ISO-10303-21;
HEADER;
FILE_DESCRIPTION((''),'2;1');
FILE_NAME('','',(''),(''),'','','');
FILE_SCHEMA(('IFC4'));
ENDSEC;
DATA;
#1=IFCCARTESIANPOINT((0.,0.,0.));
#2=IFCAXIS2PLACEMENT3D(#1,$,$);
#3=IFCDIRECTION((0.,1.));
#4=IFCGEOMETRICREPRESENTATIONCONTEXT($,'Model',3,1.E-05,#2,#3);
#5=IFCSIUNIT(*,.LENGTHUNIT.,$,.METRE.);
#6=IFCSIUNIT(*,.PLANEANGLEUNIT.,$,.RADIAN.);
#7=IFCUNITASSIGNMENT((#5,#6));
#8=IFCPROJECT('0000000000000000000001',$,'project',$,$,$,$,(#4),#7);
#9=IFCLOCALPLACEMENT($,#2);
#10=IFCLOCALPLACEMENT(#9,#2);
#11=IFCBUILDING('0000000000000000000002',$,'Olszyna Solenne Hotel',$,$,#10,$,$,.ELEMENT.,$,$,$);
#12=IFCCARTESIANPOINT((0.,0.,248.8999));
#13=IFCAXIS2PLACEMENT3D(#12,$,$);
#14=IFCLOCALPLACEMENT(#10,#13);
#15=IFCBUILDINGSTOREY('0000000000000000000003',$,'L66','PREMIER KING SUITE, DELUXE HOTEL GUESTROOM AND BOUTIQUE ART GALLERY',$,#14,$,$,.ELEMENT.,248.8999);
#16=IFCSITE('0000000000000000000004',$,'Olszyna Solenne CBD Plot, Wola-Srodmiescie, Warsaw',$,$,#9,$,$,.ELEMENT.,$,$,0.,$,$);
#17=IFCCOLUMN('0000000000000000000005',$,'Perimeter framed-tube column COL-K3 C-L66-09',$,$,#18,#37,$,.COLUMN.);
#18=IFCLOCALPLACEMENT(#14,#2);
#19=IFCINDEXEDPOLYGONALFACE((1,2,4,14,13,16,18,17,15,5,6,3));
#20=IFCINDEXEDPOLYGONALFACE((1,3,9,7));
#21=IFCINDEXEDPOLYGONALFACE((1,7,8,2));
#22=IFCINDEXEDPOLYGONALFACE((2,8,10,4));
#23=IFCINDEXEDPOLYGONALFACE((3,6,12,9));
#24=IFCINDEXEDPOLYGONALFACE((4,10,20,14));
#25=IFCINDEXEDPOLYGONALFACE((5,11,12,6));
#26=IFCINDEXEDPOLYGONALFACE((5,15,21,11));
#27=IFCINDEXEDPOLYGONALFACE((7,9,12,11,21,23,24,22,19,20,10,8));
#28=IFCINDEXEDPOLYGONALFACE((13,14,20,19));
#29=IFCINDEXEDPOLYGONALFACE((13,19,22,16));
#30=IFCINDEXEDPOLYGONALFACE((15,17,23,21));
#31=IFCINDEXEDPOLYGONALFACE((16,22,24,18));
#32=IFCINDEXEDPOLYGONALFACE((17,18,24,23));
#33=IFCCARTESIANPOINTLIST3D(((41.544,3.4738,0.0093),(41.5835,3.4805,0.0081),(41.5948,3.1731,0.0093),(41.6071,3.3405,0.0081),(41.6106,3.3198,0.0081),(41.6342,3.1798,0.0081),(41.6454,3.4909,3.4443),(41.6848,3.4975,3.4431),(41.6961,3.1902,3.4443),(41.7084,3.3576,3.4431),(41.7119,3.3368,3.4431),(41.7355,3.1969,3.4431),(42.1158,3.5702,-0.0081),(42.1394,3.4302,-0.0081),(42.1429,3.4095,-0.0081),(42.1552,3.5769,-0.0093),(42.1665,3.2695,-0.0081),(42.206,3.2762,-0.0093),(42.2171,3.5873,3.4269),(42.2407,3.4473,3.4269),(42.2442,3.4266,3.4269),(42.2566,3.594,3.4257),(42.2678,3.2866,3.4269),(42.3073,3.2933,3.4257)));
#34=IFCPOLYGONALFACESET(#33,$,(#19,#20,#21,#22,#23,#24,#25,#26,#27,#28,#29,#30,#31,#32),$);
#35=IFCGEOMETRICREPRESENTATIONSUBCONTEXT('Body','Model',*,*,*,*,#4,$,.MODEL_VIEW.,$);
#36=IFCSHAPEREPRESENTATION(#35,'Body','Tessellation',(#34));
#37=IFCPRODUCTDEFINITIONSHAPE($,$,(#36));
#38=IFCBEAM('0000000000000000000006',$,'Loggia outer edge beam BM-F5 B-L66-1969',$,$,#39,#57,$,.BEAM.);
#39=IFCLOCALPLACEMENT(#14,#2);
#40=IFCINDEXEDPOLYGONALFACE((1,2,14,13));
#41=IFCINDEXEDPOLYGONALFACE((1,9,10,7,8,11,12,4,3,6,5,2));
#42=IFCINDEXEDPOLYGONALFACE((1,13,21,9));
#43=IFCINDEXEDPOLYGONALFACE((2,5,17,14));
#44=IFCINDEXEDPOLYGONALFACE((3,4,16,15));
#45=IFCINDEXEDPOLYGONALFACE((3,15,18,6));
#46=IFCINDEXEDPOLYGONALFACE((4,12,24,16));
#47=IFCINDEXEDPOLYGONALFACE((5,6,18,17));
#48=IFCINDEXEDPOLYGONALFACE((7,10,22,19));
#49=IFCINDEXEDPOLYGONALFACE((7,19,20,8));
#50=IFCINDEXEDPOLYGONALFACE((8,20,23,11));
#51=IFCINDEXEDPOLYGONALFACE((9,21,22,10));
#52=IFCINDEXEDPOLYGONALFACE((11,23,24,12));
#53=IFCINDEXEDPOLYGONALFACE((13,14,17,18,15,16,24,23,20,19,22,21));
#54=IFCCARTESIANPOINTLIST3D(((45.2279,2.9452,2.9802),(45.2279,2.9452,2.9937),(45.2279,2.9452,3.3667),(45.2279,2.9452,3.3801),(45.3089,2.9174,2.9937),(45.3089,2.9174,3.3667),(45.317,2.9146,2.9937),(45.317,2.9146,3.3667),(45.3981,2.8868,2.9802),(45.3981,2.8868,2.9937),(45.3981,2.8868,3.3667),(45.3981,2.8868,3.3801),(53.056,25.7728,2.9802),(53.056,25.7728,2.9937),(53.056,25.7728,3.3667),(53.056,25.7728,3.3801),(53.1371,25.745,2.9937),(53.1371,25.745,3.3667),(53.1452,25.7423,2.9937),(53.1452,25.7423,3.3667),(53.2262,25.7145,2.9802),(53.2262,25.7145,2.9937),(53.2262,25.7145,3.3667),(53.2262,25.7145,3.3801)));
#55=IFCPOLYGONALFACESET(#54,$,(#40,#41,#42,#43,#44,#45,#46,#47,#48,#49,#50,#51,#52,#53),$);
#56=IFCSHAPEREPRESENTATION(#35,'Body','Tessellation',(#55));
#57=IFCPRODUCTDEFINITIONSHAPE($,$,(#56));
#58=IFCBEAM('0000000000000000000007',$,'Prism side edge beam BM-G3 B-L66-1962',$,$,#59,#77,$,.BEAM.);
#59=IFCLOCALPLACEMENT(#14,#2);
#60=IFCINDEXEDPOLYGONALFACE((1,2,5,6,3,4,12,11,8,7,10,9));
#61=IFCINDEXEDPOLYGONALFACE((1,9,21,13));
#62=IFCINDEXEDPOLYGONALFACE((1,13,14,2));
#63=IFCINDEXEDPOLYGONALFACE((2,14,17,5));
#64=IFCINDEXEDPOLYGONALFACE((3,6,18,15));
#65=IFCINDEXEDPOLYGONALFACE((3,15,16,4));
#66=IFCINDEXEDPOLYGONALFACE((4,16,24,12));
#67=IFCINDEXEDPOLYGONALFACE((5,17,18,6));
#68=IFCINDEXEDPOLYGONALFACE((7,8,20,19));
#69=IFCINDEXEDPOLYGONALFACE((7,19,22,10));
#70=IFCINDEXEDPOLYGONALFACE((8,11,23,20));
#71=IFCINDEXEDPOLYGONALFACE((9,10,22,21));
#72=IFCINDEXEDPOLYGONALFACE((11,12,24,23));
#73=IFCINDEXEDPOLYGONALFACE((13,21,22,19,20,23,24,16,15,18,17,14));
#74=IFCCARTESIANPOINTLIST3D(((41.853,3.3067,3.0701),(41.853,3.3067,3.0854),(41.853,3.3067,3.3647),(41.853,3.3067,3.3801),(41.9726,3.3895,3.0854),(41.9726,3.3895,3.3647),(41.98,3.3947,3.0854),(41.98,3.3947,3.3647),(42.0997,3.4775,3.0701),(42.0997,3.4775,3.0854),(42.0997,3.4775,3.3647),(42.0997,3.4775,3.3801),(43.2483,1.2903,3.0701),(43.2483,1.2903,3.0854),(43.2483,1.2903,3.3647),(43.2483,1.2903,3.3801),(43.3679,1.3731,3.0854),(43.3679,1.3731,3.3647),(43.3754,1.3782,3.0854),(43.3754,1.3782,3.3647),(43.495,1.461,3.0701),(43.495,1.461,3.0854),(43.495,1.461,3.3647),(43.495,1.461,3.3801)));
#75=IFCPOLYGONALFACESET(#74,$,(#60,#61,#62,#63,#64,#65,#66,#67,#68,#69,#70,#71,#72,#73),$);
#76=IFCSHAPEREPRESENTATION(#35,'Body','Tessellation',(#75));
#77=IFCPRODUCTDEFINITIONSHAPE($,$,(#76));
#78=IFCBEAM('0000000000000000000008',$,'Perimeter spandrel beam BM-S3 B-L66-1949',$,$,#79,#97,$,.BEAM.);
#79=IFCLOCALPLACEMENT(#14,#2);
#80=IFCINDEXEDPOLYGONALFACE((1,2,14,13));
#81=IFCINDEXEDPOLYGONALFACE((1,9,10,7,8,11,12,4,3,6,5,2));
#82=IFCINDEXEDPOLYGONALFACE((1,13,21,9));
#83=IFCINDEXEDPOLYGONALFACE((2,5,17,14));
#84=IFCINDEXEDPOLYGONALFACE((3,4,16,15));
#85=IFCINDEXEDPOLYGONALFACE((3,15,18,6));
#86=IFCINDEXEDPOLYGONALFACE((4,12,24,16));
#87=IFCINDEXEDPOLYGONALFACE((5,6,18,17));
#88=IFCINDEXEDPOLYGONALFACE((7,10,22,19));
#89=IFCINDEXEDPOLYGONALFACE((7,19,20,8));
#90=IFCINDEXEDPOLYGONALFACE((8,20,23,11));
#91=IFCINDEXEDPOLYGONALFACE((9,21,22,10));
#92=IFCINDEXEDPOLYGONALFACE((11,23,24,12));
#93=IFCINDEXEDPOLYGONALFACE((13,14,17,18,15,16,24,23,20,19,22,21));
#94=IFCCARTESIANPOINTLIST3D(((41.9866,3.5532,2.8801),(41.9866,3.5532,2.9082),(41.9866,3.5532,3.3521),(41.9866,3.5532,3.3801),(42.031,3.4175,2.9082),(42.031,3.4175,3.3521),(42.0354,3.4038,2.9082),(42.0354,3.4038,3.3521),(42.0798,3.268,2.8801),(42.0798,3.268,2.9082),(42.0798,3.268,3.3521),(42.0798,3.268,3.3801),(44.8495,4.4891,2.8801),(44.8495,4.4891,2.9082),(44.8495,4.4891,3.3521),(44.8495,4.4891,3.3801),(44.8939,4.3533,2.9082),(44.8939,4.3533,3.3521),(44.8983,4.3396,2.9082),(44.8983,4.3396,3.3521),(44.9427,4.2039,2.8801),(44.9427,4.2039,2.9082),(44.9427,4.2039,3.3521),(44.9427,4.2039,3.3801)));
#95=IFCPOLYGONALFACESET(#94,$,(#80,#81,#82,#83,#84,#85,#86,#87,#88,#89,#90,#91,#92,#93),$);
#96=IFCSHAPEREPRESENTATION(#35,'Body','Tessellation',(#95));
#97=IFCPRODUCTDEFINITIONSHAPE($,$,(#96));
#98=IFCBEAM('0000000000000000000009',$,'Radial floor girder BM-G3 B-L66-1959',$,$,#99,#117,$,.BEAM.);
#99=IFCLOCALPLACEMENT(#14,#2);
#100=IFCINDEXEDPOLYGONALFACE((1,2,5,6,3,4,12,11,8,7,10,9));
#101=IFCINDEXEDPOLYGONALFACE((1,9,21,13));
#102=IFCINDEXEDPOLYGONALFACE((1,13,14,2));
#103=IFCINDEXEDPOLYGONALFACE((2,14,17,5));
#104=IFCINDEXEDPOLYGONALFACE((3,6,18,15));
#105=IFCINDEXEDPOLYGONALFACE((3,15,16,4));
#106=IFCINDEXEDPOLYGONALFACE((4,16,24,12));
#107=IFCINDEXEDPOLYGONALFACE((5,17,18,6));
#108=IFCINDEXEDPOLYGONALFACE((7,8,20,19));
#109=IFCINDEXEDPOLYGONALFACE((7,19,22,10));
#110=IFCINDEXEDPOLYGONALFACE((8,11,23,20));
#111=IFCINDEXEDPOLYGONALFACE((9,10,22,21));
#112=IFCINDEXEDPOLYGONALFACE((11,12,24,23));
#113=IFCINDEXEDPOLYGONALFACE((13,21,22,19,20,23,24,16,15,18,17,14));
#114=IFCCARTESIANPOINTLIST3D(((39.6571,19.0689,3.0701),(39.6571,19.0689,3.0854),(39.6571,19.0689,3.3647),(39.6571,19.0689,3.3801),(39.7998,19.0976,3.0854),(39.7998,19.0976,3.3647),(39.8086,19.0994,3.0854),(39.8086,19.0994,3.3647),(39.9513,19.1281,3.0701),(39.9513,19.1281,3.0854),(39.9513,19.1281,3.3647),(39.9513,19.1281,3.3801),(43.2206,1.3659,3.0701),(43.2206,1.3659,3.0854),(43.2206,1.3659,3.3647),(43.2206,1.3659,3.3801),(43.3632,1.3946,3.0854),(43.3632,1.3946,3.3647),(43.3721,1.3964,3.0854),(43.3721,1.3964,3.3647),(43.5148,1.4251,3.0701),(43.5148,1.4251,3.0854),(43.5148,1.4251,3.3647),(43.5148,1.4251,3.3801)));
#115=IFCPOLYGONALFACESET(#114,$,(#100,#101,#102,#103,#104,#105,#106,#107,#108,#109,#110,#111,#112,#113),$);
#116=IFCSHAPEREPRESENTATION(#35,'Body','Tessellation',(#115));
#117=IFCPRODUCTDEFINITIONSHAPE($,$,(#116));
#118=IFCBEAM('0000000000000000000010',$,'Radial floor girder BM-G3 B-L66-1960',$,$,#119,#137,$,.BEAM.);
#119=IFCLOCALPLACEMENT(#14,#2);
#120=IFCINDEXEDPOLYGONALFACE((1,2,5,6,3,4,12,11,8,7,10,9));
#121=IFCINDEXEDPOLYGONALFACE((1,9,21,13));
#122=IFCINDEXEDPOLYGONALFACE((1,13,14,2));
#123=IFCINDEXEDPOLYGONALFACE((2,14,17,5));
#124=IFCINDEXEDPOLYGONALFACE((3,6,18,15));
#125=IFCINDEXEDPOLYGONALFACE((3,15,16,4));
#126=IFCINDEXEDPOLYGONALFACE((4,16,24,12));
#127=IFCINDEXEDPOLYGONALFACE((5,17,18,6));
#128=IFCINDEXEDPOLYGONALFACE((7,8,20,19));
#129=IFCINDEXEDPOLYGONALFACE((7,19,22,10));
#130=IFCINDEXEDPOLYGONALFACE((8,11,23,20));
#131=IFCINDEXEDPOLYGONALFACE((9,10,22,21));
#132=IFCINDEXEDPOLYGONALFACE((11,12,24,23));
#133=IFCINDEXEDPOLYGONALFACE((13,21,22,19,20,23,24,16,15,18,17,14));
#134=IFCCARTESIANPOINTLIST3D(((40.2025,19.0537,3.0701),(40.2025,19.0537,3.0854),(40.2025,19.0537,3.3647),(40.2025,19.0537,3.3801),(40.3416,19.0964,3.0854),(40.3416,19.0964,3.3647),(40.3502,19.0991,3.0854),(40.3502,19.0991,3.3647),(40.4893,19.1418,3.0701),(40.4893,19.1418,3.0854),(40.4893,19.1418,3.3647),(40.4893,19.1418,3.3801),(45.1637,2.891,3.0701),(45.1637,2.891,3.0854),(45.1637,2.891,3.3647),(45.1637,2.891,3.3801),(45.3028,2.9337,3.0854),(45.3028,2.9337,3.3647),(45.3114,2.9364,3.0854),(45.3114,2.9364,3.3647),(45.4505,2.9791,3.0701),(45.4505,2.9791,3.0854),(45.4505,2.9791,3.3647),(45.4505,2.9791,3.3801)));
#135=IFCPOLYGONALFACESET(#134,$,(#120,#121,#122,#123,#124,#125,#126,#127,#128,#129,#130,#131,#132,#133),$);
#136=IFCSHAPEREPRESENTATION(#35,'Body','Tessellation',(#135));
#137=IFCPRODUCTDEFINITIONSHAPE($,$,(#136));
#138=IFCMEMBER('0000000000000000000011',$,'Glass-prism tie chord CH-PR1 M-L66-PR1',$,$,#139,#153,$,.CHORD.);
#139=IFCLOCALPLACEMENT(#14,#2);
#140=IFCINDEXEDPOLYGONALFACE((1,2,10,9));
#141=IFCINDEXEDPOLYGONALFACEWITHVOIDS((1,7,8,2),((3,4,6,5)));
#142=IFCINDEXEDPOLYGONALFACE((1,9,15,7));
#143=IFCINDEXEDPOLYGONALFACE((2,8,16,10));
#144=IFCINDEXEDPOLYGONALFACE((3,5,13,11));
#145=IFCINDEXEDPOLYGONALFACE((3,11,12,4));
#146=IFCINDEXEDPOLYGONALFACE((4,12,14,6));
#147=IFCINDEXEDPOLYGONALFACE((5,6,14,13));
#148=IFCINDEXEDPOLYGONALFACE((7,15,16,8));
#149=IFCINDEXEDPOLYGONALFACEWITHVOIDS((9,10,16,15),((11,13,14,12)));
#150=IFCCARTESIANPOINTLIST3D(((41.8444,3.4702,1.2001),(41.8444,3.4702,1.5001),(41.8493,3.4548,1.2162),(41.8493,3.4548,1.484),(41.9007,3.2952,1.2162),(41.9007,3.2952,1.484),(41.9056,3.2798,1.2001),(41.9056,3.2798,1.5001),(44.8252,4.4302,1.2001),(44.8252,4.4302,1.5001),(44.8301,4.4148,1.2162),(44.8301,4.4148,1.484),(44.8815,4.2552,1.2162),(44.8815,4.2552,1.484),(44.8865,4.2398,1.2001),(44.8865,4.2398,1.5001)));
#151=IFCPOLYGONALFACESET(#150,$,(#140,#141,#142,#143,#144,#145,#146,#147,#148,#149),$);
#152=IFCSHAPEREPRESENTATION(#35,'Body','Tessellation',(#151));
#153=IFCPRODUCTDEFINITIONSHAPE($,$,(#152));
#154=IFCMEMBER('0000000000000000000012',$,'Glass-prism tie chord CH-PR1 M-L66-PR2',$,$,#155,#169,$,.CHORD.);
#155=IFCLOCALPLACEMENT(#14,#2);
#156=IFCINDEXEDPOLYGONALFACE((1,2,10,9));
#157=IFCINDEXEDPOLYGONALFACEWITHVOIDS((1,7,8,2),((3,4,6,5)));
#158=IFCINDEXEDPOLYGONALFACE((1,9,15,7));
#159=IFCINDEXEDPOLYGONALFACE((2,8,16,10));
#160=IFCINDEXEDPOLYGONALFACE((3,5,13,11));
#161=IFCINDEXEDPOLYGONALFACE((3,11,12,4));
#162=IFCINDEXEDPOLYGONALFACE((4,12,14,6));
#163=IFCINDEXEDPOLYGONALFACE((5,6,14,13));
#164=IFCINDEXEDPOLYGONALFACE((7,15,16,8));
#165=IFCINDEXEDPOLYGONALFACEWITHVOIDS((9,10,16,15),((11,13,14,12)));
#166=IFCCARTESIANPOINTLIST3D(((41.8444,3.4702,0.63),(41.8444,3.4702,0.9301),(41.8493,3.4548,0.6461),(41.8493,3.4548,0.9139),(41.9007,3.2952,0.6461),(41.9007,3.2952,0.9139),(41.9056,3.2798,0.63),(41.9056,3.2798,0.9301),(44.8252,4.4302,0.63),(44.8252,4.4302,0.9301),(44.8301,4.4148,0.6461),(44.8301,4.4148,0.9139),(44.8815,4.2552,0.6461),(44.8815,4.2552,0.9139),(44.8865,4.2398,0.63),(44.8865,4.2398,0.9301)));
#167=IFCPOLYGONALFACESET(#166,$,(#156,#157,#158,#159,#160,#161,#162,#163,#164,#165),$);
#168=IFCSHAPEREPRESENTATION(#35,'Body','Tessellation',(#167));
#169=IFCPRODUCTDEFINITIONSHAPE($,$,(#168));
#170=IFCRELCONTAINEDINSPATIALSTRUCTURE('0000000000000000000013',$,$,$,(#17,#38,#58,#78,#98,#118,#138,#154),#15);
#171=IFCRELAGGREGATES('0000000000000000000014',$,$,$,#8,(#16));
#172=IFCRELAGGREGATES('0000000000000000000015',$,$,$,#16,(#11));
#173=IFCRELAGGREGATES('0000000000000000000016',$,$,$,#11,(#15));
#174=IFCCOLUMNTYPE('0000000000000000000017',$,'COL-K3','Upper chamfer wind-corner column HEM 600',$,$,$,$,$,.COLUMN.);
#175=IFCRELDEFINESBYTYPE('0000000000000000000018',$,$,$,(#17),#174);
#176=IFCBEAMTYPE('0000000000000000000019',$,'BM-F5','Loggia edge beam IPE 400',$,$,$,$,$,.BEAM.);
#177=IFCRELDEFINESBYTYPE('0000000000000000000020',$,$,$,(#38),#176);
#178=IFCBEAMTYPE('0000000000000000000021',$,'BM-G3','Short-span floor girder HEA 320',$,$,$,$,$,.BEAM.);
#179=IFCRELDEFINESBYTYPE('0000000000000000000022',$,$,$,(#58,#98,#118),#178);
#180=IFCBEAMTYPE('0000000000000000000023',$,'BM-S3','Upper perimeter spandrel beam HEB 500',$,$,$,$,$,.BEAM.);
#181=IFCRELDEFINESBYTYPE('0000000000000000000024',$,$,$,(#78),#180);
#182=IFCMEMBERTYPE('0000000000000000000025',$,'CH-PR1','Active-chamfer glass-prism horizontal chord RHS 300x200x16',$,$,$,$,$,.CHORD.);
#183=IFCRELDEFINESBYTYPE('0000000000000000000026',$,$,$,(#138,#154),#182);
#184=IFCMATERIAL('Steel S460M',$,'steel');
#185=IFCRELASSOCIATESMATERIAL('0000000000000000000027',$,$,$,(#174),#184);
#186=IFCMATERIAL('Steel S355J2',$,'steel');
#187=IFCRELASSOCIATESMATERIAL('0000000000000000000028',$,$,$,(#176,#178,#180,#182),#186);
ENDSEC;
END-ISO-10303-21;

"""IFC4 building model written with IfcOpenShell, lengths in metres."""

from ifc_helpers import new_model, si_unit, direction, frame, origin, origin_2d, place, context, subcontext, project, spatial, hollow_rectangle, i_section, extrude, source, transform, mapped, material, material_profile, profile_set, type_object, element, save


model = new_model("IFC4")

# Units and contexts
model_context = context("Model", 3, precision=1e-05, world=origin(), true_north=direction((0.0, 1.0)))
body_context = subcontext(model_context, "Body", "Model", "MODEL_VIEW")
ifc_project = project(units=[si_unit("LENGTHUNIT", "METRE"), si_unit("PLANEANGLEUNIT", "RADIAN")], contexts=[model_context])

# Site, building, storey
site_placement = place(None, origin())
site = spatial("IfcSite", under=ifc_project, at=site_placement, Name="Olszyna Solenne CBD Plot, Wola-Srodmiescie, Warsaw", CompositionType="ELEMENT", RefElevation=0.0)
building_placement = place(site_placement, origin())
building = spatial("IfcBuilding", under=site, at=building_placement, Name="Olszyna Solenne Hotel", CompositionType="ELEMENT")
storey_placement = place(building_placement, frame((0.0, 0.0, 248.8999)))
storey = spatial("IfcBuildingStorey", under=building, at=storey_placement, Name="L66", Description="PREMIER KING SUITE, DELUXE HOTEL GUESTROOM AND BOUTIQUE ART GALLERY", CompositionType="ELEMENT", Elevation=248.8999)

# Column
ifc_material_1 = material(Name="Steel S460M", Category="steel")
ifc_material_profile_1 = material_profile(ifc_material_1, i_section(OverallWidth=0.3049, OverallDepth=0.6201, WebThickness=0.021, FlangeThickness=0.04, at=origin_2d()), Name="HEM 600", Category="load-bearing")
ifc_profile_set_1 = profile_set([ifc_material_profile_1], Name="Steel S460M")
column_type = type_object("IfcColumnType", Name="COL-K3", Description="Upper chamfer wind-corner column HEM 600", PredefinedType="COLUMN", material=ifc_profile_set_1)
shared_shape_1 = source(origin(), body_context, "Body", "SweptSolid", [
    extrude(i_section(OverallWidth=0.3049, OverallDepth=0.6201, WebThickness=0.021, FlangeThickness=0.04, at=origin_2d()), origin(), (0.0, 0.0, 1.0), 3.4365),
])
column_placement = place(storey_placement, frame((41.875, 3.375, 0.0), z_axis=(0.029482, 0.004973, 0.999553), x_axis=(-0.166325, 0.986071, 0.0)))
element("IfcColumn", 1, at=column_placement, inside=storey, type_object=column_type, Name="Perimeter framed-tube column COL-K3 C-L66-09", PredefinedType="COLUMN", context=body_context, shape_type="MappedRepresentation", body=[
    mapped(shared_shape_1, transform((0.0, 0.0, 0.0), x_axis=(1.0, 0.0, 0.0), y_axis=(0.0, 1.0, 0.0), z_axis=(0.0, 0.0, 1.0), scale=1.0)),
])

# Beams
ifc_material_2 = material(Name="Steel S355J2", Category="steel")
ifc_material_profile_2 = material_profile(ifc_material_2, i_section(OverallWidth=0.1799, OverallDepth=0.3999, WebThickness=0.0085, FlangeThickness=0.0134, at=origin_2d()), Name="IPE 400", Category="load-bearing")
ifc_profile_set_2 = profile_set([ifc_material_profile_2], Name="Steel S355J2")
beam_type_1 = type_object("IfcBeamType", Name="BM-F5", Description="Loggia edge beam IPE 400", PredefinedType="BEAM", material=ifc_profile_set_2)
shared_shape_2 = source(origin(), body_context, "Body", "SweptSolid", [
    extrude(i_section(OverallWidth=0.1799, OverallDepth=0.3999, WebThickness=0.0085, FlangeThickness=0.0134, at=origin_2d()), origin(), (0.0, 0.0, 1.0), 24.1326),
])
beam_1_placement = place(storey_placement, frame((45.313, 2.916, 3.1802), z_axis=(0.32438, 0.945927, 0.0), x_axis=(-0.945927, 0.32438, 0.0)))
element("IfcBeam", 2, at=beam_1_placement, inside=storey, type_object=beam_type_1, Name="Loggia outer edge beam BM-F5 B-L66-1969", PredefinedType="BEAM", context=body_context, shape_type="MappedRepresentation", body=[
    mapped(shared_shape_2, transform((0.0, 0.0, 0.0), x_axis=(1.0, 0.0, 0.0), y_axis=(0.0, 1.0, 0.0), z_axis=(0.0, 0.0, 1.0), scale=1.0)),
])
ifc_material_profile_3 = material_profile(ifc_material_2, i_section(OverallWidth=0.3, OverallDepth=0.3101, WebThickness=0.009, FlangeThickness=0.0154, at=origin_2d()), Name="HEA 320", Category="load-bearing")
ifc_profile_set_3 = profile_set([ifc_material_profile_3], Name="Steel S355J2")
beam_type_2 = type_object("IfcBeamType", Name="BM-G3", Description="Short-span floor girder HEA 320", PredefinedType="BEAM", material=ifc_profile_set_3)
shared_shape_3 = source(origin(), body_context, "Body", "SweptSolid", [
    extrude(i_section(OverallWidth=0.3, OverallDepth=0.3101, WebThickness=0.009, FlangeThickness=0.0154, at=origin_2d()), origin(), (0.0, 0.0, 1.0), 2.4521),
])
beam_2_placement = place(storey_placement, frame((41.9763, 3.3921, 3.2251), z_axis=(0.569024, -0.822321, 0.0), x_axis=(0.822321, 0.569024, 0.0)))
element("IfcBeam", 3, at=beam_2_placement, inside=storey, type_object=beam_type_2, Name="Prism side edge beam BM-G3 B-L66-1962", PredefinedType="BEAM", context=body_context, shape_type="MappedRepresentation", body=[
    mapped(shared_shape_3, transform((0.0, 0.0, 0.0), x_axis=(1.0, 0.0, 0.0), y_axis=(0.0, 1.0, 0.0), z_axis=(0.0, 0.0, 1.0), scale=1.0)),
])
ifc_material_profile_4 = material_profile(ifc_material_2, i_section(OverallWidth=0.3, OverallDepth=0.5, WebThickness=0.0144, FlangeThickness=0.0281, at=origin_2d()), Name="HEB 500", Category="load-bearing")
ifc_profile_set_4 = profile_set([ifc_material_profile_4], Name="Steel S355J2")
beam_type_3 = type_object("IfcBeamType", Name="BM-S3", Description="Upper perimeter spandrel beam HEB 500", PredefinedType="BEAM", material=ifc_profile_set_4)
shared_shape_4 = source(origin(), body_context, "Body", "SweptSolid", [
    extrude(i_section(OverallWidth=0.3, OverallDepth=0.5, WebThickness=0.0144, FlangeThickness=0.0281, at=origin_2d()), origin(), (0.0, 0.0, 1.0), 3.012),
])
beam_3_placement = place(storey_placement, frame((42.0332, 3.4106, 3.1301), z_axis=(0.950507, 0.310702, 0.0), x_axis=(-0.310702, 0.950507, 0.0)))
element("IfcBeam", 4, at=beam_3_placement, inside=storey, type_object=beam_type_3, Name="Perimeter spandrel beam BM-S3 B-L66-1949", PredefinedType="BEAM", context=body_context, shape_type="MappedRepresentation", body=[
    mapped(shared_shape_4, transform((0.0, 0.0, 0.0), x_axis=(1.0, 0.0, 0.0), y_axis=(0.0, 1.0, 0.0), z_axis=(0.0, 0.0, 1.0), scale=1.0)),
])
shared_shape_5 = source(origin(), body_context, "Body", "SweptSolid", [
    extrude(i_section(OverallWidth=0.3, OverallDepth=0.3101, WebThickness=0.009, FlangeThickness=0.0154, at=origin_2d()), origin(), (0.0, 0.0, 1.0), 18.0581),
])
beam_4_placement = place(storey_placement, frame((43.3677, 1.3955, 3.2251), z_axis=(-0.197333, 0.980337, 0.0), x_axis=(-0.980337, -0.197333, 0.0)))
element("IfcBeam", 5, at=beam_4_placement, inside=storey, type_object=beam_type_2, Name="Radial floor girder BM-G3 B-L66-1959", PredefinedType="BEAM", context=body_context, shape_type="MappedRepresentation", body=[
    mapped(shared_shape_5, transform((0.0, 0.0, 0.0), x_axis=(1.0, 0.0, 0.0), y_axis=(0.0, 1.0, 0.0), z_axis=(0.0, 0.0, 1.0), scale=1.0)),
])
shared_shape_6 = source(origin(), body_context, "Body", "SweptSolid", [
    extrude(i_section(OverallWidth=0.3, OverallDepth=0.3101, WebThickness=0.009, FlangeThickness=0.0154, at=origin_2d()), origin(), (0.0, 0.0, 1.0), 16.907),
])
beam_5_placement = place(storey_placement, frame((45.3071, 2.9351, 3.2251), z_axis=(-0.293441, 0.955977, 0.0), x_axis=(-0.955977, -0.293441, 0.0)))
element("IfcBeam", 6, at=beam_5_placement, inside=storey, type_object=beam_type_2, Name="Radial floor girder BM-G3 B-L66-1960", PredefinedType="BEAM", context=body_context, shape_type="MappedRepresentation", body=[
    mapped(shared_shape_6, transform((0.0, 0.0, 0.0), x_axis=(1.0, 0.0, 0.0), y_axis=(0.0, 1.0, 0.0), z_axis=(0.0, 0.0, 1.0), scale=1.0)),
])

# Members
ifc_material_profile_5 = material_profile(ifc_material_2, hollow_rectangle(XDim=0.2, YDim=0.3, WallThickness=0.0161, at=origin_2d()), Name="RHS 300x200x16", Category="load-bearing")
ifc_profile_set_5 = profile_set([ifc_material_profile_5], Name="Steel S355J2")
member_type_1 = type_object("IfcMemberType", Name="CH-PR1", Description="Active-chamfer glass-prism horizontal chord RHS 300x200x16", PredefinedType="CHORD", material=ifc_profile_set_5)
shared_shape_7 = source(origin(), body_context, "Body", "SweptSolid", [
    extrude(hollow_rectangle(XDim=0.2, YDim=0.3, WallThickness=0.0161, at=origin_2d()), origin(), (0.0, 0.0, 1.0), 3.1316),
])
for number, where, z_axis, x_axis, name in (
    (7, (41.875, 3.375, 1.3501), (0.951854, 0.306552, 0.0), (-0.306552, 0.951854, 0.0), "Glass-prism tie chord CH-PR1 M-L66-PR1"),
    (8, (41.875, 3.375, 0.78), (0.951854, 0.306552, 0.0), (-0.306552, 0.951854, 0.0), "Glass-prism tie chord CH-PR1 M-L66-PR2"),
):
    element("IfcMember", number, at=place(storey_placement, frame(where, z_axis=z_axis, x_axis=x_axis)), inside=storey, type_object=member_type_1, Name=name, PredefinedType="CHORD", context=body_context, shape_type="MappedRepresentation", body=[
        mapped(shared_shape_7, transform((0.0, 0.0, 0.0), x_axis=(1.0, 0.0, 0.0), y_axis=(0.0, 1.0, 0.0), z_axis=(0.0, 0.0, 1.0), scale=1.0)),
    ])

save(model, "model.ifc")
